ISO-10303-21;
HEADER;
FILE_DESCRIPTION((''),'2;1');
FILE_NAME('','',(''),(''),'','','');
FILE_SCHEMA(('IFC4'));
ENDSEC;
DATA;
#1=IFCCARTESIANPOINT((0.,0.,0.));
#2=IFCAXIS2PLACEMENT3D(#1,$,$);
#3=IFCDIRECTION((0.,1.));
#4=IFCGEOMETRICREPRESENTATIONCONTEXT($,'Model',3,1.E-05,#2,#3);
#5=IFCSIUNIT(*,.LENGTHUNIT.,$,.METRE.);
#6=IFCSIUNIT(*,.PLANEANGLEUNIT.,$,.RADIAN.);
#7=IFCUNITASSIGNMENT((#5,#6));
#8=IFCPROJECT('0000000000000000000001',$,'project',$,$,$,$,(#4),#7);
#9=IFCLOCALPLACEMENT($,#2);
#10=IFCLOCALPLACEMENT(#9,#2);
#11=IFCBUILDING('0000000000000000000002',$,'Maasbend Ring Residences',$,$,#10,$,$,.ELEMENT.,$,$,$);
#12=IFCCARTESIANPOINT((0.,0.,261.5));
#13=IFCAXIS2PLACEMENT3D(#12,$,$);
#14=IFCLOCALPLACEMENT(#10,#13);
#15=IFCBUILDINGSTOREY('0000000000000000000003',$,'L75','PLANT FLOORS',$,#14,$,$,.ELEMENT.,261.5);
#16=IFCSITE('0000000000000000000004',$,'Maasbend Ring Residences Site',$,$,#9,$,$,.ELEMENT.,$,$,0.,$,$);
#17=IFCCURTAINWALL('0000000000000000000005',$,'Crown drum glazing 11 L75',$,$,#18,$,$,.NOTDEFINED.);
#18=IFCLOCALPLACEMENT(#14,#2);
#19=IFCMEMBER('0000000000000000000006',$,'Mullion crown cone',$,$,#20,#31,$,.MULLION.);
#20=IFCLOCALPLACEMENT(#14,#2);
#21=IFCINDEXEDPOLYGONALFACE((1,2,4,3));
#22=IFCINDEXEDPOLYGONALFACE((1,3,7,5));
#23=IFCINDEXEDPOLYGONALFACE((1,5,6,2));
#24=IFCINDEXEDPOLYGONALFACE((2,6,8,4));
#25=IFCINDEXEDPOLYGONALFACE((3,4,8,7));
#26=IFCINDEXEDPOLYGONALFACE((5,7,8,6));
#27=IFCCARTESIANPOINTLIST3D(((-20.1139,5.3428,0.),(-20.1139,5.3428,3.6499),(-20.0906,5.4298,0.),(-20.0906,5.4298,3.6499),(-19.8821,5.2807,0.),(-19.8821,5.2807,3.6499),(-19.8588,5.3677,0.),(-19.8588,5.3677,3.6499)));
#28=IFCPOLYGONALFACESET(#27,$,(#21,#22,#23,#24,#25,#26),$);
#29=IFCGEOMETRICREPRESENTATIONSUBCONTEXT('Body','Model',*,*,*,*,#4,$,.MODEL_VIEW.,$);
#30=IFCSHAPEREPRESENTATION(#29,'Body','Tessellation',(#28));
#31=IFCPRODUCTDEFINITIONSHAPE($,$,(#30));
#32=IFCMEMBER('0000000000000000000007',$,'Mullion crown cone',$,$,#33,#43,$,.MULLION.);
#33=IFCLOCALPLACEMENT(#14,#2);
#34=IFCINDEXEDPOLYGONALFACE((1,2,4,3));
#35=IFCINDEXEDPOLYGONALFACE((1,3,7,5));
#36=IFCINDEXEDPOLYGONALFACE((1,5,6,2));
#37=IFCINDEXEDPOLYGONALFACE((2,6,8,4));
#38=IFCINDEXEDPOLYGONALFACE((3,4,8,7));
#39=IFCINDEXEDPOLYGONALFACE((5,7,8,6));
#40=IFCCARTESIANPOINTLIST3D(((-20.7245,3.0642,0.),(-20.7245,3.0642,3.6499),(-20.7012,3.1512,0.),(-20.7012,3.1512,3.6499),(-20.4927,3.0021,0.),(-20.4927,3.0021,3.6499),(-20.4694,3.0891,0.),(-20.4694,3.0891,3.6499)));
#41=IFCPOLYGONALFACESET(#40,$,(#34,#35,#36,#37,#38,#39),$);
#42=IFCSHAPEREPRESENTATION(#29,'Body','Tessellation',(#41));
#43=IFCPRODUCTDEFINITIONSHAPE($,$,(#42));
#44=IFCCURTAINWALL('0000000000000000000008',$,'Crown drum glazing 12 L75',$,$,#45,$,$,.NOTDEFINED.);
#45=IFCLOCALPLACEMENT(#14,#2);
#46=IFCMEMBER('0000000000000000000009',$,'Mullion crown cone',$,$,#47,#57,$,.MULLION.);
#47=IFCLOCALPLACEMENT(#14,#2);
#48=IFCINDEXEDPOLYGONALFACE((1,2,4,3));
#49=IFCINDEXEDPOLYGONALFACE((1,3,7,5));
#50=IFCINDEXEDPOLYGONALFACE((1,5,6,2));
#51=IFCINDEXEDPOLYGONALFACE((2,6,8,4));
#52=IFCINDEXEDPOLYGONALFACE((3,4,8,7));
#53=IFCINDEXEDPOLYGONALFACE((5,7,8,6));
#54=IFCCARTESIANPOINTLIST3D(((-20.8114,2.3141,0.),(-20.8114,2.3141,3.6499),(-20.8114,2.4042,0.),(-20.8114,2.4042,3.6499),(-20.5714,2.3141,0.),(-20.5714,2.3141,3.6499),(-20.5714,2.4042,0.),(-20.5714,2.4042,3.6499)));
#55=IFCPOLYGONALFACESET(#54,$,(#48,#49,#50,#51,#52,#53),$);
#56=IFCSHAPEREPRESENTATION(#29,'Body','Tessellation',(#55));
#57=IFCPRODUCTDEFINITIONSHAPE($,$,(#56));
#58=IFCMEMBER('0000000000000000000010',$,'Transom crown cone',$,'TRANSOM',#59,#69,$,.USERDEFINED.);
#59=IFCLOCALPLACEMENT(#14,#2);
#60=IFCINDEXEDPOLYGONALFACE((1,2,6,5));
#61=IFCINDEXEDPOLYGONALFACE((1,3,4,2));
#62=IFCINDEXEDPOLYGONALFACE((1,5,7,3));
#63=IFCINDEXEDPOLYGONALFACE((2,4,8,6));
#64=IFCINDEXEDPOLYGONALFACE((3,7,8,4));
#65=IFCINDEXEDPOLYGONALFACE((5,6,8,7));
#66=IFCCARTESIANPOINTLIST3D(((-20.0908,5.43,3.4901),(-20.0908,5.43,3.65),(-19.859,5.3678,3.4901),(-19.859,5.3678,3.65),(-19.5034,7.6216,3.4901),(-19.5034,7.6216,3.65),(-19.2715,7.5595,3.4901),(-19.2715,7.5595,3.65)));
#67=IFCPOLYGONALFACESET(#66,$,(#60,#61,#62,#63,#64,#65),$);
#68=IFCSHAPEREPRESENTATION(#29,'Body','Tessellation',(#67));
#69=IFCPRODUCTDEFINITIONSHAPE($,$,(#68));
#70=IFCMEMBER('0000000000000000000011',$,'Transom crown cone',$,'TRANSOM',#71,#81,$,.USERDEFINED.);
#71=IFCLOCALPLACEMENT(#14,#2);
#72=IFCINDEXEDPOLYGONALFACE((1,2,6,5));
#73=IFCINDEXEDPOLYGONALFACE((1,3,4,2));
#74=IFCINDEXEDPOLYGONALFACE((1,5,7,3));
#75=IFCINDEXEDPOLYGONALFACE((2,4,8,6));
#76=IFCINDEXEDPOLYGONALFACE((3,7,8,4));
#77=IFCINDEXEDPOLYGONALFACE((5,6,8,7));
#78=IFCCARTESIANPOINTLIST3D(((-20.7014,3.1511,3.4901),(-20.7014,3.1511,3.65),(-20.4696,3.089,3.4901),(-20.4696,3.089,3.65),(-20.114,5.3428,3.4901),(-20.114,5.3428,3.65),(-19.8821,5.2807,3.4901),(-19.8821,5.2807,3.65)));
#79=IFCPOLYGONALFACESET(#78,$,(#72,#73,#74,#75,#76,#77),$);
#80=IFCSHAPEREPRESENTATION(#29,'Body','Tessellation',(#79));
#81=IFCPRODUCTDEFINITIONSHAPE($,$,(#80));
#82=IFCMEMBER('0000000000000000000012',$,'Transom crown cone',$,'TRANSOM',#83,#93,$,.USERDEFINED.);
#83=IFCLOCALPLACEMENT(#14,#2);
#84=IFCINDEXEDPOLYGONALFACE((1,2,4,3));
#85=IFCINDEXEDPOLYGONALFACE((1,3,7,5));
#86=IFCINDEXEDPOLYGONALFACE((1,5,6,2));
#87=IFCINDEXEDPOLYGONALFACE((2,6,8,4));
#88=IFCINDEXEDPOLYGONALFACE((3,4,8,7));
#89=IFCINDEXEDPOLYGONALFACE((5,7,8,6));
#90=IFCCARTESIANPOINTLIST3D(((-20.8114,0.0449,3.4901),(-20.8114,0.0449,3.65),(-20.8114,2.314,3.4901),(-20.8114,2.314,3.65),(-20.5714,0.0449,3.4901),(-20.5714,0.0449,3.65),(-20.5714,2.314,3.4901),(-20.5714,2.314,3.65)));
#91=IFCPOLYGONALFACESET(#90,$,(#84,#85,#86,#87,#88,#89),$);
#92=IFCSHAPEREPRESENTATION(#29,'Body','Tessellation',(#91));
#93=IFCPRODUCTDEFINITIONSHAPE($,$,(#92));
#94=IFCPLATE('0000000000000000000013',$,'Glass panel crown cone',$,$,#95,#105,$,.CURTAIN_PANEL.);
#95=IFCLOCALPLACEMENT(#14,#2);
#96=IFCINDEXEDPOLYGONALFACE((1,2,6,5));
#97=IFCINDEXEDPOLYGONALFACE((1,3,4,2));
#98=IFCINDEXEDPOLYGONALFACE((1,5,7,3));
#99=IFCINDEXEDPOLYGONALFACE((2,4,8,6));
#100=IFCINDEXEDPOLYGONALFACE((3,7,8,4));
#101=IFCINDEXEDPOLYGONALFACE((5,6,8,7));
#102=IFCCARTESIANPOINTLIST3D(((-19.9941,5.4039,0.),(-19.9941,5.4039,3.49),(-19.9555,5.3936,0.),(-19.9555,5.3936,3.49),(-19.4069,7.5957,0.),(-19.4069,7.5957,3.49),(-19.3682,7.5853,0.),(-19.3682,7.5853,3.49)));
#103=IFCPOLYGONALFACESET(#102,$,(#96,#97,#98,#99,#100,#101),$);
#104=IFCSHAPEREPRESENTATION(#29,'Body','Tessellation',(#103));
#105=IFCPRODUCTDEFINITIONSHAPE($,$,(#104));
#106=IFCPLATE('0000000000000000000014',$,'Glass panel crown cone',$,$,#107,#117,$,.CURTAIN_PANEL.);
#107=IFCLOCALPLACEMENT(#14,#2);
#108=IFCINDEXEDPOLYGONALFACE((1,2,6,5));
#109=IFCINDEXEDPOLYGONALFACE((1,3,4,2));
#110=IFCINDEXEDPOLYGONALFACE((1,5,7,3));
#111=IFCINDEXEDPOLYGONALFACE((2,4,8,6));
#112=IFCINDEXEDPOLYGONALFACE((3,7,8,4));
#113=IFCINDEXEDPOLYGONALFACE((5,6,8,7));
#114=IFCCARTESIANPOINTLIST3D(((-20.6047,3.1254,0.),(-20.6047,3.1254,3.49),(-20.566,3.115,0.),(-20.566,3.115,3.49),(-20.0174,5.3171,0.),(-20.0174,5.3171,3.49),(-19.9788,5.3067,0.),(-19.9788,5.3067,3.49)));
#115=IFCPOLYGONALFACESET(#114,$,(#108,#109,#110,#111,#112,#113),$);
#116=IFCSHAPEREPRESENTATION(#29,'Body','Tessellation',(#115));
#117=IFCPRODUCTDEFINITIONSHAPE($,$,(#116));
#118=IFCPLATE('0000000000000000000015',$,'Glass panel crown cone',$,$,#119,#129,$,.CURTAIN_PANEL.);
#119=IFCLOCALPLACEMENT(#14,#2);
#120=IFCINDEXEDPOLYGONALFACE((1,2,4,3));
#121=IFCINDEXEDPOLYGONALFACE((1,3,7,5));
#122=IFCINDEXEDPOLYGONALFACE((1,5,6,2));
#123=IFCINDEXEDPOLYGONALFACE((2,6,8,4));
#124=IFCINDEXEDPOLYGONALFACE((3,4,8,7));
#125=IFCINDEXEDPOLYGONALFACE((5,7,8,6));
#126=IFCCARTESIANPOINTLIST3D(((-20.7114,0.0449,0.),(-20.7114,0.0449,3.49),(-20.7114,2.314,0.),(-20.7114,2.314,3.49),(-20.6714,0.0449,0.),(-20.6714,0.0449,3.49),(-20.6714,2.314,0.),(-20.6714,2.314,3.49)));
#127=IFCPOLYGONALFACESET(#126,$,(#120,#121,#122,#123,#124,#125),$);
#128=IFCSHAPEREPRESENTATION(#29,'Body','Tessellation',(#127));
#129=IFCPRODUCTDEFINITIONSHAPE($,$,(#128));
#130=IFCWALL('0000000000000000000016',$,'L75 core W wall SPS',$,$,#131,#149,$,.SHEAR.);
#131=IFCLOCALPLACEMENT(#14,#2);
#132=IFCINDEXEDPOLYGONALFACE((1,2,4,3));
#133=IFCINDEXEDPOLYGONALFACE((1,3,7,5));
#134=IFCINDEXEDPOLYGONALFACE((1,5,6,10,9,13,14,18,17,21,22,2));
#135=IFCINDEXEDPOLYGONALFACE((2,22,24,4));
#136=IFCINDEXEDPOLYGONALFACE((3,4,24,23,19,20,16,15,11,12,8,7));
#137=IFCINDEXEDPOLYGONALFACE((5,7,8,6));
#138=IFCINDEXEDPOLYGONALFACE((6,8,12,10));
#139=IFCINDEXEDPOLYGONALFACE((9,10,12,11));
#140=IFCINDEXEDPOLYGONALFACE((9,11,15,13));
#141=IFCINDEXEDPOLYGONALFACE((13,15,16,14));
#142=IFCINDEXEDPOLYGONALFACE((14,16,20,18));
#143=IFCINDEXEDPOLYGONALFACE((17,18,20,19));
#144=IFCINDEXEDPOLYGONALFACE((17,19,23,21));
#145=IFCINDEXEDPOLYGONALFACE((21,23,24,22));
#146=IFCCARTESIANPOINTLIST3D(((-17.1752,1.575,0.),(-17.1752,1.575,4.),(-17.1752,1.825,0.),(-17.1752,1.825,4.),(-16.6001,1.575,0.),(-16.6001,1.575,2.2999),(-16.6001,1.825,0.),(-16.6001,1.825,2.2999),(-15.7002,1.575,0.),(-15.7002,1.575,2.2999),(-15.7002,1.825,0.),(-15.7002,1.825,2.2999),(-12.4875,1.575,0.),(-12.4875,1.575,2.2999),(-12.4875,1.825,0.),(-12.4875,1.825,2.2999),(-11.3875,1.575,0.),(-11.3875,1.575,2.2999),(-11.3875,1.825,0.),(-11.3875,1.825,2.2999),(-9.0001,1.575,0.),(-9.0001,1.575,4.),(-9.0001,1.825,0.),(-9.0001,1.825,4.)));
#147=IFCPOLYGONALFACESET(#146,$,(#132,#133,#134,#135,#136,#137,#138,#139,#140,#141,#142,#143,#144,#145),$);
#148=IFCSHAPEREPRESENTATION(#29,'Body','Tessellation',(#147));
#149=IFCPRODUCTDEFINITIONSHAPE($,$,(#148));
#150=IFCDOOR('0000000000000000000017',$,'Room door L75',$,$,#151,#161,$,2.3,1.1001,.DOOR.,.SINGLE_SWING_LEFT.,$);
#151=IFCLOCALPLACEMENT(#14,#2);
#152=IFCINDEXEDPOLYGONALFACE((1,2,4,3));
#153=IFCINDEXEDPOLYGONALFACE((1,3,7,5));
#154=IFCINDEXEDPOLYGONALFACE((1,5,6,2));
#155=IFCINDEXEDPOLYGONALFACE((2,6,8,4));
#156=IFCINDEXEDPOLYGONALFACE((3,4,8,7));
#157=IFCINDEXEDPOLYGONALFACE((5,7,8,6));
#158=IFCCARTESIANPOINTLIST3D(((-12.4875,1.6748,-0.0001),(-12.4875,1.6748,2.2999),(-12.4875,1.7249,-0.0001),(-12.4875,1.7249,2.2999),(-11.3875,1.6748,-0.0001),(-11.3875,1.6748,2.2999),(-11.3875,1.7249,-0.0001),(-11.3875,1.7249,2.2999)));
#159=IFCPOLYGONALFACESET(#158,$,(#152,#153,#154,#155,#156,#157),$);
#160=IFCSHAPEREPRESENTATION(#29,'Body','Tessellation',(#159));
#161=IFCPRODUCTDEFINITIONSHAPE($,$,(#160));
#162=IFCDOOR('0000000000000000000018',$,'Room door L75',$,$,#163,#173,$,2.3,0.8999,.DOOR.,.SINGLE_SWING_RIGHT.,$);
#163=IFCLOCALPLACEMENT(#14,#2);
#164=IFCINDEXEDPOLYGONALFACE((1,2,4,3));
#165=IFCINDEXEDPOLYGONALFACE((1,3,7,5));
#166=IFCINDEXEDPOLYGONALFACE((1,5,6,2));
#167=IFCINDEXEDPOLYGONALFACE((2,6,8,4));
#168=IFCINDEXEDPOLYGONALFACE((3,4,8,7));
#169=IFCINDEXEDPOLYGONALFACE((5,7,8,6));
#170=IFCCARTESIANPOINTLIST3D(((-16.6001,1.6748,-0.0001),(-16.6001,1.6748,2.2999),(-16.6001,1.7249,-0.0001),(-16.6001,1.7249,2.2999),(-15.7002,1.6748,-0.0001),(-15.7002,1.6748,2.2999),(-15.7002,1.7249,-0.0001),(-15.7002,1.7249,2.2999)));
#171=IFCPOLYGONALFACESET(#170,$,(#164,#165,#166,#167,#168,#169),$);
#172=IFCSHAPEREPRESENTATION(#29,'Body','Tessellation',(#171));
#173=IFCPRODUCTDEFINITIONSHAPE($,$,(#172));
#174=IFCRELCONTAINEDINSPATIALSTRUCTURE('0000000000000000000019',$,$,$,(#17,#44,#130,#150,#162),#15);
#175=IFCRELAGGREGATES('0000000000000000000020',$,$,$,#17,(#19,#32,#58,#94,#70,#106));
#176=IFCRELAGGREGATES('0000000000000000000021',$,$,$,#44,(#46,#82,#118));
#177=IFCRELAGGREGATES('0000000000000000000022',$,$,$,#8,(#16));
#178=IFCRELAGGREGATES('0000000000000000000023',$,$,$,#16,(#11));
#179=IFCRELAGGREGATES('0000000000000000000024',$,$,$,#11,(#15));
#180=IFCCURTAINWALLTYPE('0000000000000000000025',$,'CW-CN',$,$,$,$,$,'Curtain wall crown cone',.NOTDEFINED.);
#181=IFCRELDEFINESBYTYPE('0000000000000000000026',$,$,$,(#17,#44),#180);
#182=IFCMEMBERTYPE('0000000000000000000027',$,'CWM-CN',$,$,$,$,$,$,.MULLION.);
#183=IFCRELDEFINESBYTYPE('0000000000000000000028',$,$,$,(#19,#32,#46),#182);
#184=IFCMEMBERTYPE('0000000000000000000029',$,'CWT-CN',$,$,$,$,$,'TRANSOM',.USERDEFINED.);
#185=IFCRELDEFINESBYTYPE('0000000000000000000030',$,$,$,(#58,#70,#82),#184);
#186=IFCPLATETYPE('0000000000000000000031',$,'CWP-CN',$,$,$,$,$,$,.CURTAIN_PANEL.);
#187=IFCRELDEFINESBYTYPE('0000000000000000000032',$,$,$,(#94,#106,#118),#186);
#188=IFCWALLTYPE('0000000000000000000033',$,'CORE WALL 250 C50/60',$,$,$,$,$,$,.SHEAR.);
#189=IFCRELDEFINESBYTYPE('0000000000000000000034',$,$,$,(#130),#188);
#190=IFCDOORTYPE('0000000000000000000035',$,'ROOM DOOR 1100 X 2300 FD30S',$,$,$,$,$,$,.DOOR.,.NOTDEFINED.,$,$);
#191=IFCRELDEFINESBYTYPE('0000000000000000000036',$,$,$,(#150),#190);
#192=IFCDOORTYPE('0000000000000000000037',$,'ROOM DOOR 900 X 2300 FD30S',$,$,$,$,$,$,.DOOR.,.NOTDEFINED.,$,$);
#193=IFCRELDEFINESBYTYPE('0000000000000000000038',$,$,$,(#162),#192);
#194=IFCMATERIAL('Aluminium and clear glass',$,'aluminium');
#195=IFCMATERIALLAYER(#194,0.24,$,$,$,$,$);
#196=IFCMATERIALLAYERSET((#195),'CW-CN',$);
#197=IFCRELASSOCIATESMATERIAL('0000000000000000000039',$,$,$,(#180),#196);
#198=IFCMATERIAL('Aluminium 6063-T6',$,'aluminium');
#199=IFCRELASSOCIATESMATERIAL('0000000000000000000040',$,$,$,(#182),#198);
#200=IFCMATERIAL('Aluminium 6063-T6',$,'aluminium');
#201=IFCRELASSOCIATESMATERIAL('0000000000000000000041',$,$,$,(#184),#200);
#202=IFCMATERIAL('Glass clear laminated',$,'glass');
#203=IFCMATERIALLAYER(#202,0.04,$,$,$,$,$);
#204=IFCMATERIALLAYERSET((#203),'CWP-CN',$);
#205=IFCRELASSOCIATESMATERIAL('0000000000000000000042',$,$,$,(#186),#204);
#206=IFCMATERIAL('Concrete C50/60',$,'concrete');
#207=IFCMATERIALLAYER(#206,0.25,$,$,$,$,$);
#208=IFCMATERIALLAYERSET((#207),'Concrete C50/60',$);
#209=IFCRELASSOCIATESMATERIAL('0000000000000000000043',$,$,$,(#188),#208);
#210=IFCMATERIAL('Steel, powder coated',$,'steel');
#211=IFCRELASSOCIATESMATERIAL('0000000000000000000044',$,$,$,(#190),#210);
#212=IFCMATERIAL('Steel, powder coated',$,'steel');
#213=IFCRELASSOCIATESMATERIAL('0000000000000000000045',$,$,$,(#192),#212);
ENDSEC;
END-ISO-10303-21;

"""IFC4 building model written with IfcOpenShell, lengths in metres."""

from ifc_helpers import new_model, si_unit, direction, frame, frame_2d, origin, origin_2d, place, context, subcontext, project, spatial, rectangle, extrude, material, layer, layer_set, material_profile, profile_set, type_object, element, fill, aggregate, save


model = new_model("IFC4")

# Units and contexts
model_context = context("Model", 3, precision=1e-05, world=origin(), true_north=direction((0.0, 1.0)))
body_context = subcontext(model_context, "Body", "Model", "MODEL_VIEW")
ifc_project = project(units=[si_unit("LENGTHUNIT", "METRE"), si_unit("PLANEANGLEUNIT", "RADIAN")], contexts=[model_context])

# Site, building, storey
site_placement = place(None, origin())
site = spatial("IfcSite", under=ifc_project, at=site_placement, Name="Maasbend Ring Residences Site", CompositionType="ELEMENT", RefElevation=0.0)
building_placement = place(site_placement, origin())
building = spatial("IfcBuilding", under=site, at=building_placement, Name="Maasbend Ring Residences", CompositionType="ELEMENT")
storey_placement = place(building_placement, frame((0.0, 0.0, 261.5)))
storey = spatial("IfcBuildingStorey", under=building, at=storey_placement, Name="L75", Description="PLANT FLOORS", CompositionType="ELEMENT", Elevation=261.5)

# Curtain wall, members
ifc_material_1 = material(Name="Aluminium and clear glass", Category="aluminium")
ifc_layer_1 = layer(ifc_material_1, 0.24)
ifc_layer_set_1 = layer_set([ifc_layer_1], Name="CW-CN")
curtain_wall_type = type_object("IfcCurtainWallType", Name="CW-CN", ElementType="Curtain wall crown cone", PredefinedType="NOTDEFINED", material=ifc_layer_set_1)
curtain_wall_1_placement = place(storey_placement, origin())
curtain_wall_1 = element("IfcCurtainWall", 1, at=curtain_wall_1_placement, inside=storey, type_object=curtain_wall_type, Name="Crown drum glazing 11 L75", PredefinedType="NOTDEFINED")
ifc_material_2 = material(Name="Aluminium 6063-T6", Category="aluminium")
ifc_material_profile_1 = material_profile(ifc_material_2, rectangle(XDim=0.24, YDim=0.0901, at=origin_2d()), Name="AL 240x90")
ifc_profile_set_1 = profile_set([ifc_material_profile_1], Name="Aluminium 6063-T6")
member_type_1 = type_object("IfcMemberType", Name="CWM-CN", PredefinedType="MULLION", material=ifc_profile_set_1)
member_1_placement = place(storey_placement, frame((-19.9863, 5.3552, 0.0), z_axis=(0.0, 0.0, 1.0), x_axis=(0.965926, -0.258819, 0.0)))
member_1 = element("IfcMember", 2, at=member_1_placement, type_object=member_type_1, Name="Mullion crown cone", PredefinedType="MULLION", context=body_context, shape_type="SweptSolid", body=[
    extrude(rectangle(XDim=0.24, YDim=0.0901, at=origin_2d()), origin(), (0.0, 0.0, 1.0), 3.6499),
])
member_2_placement = place(storey_placement, frame((-20.5969, 3.0767, 0.0), z_axis=(0.0, 0.0, 1.0), x_axis=(0.965926, -0.258819, 0.0)))
member_2 = element("IfcMember", 3, at=member_2_placement, type_object=member_type_1, Name="Mullion crown cone", PredefinedType="MULLION", context=body_context, shape_type="SweptSolid", body=[
    extrude(rectangle(XDim=0.24, YDim=0.0901, at=origin_2d()), origin(), (0.0, 0.0, 1.0), 3.6499),
])

# Curtain wall, member
curtain_wall_2_placement = place(storey_placement, origin())
curtain_wall_2 = element("IfcCurtainWall", 4, at=curtain_wall_2_placement, inside=storey, type_object=curtain_wall_type, Name="Crown drum glazing 12 L75", PredefinedType="NOTDEFINED")
member_3_placement = place(storey_placement, frame((-20.6914, 2.3591, 0.0), z_axis=(0.0, 0.0, 1.0), x_axis=(1.0, 0.0, 0.0)))
member_3 = element("IfcMember", 5, at=member_3_placement, type_object=member_type_1, Name="Mullion crown cone", PredefinedType="MULLION", context=body_context, shape_type="SweptSolid", body=[
    extrude(rectangle(XDim=0.24, YDim=0.0901, at=origin_2d()), origin(), (0.0, 0.0, 1.0), 3.6499),
])

# Members
ifc_material_3 = material(Name="Aluminium 6063-T6", Category="aluminium")
ifc_material_profile_2 = material_profile(ifc_material_3, rectangle(XDim=0.24, YDim=0.1599, at=origin_2d()), Name="AL 240x160")
ifc_profile_set_2 = profile_set([ifc_material_profile_2], Name="Aluminium 6063-T6")
member_type_2 = type_object("IfcMemberType", Name="CWT-CN", ElementType="TRANSOM", PredefinedType="USERDEFINED", material=ifc_profile_set_2)
member_4_placement = place(storey_placement, frame((-19.3875, 7.5906, 3.5701), z_axis=(-0.258881, -0.965909, 0.0), x_axis=(0.965909, -0.258881, 0.0)))
member_4 = element("IfcMember", 6, at=member_4_placement, type_object=member_type_2, Name="Transom crown cone", ObjectType="TRANSOM", PredefinedType="USERDEFINED", context=body_context, shape_type="SweptSolid", body=[
    extrude(rectangle(XDim=0.24, YDim=0.1599, at=origin_2d()), origin(), (0.0, 0.0, 1.0), 2.269),
])
member_5_placement = place(storey_placement, frame((-19.998, 5.3118, 3.5701), z_axis=(-0.258881, -0.965909, 0.0), x_axis=(0.965909, -0.258881, 0.0)))
member_5 = element("IfcMember", 7, at=member_5_placement, type_object=member_type_2, Name="Transom crown cone", ObjectType="TRANSOM", PredefinedType="USERDEFINED", context=body_context, shape_type="SweptSolid", body=[
    extrude(rectangle(XDim=0.24, YDim=0.1599, at=origin_2d()), origin(), (0.0, 0.0, 1.0), 2.269),
])
member_6_placement = place(storey_placement, frame((-20.6914, 2.314, 3.5701), z_axis=(0.0, -1.0, 0.0), x_axis=(1.0, 0.0, 0.0)))
member_6 = element("IfcMember", 8, at=member_6_placement, type_object=member_type_2, Name="Transom crown cone", ObjectType="TRANSOM", PredefinedType="USERDEFINED", context=body_context, shape_type="SweptSolid", body=[
    extrude(rectangle(XDim=0.24, YDim=0.1599, at=origin_2d()), origin(), (0.0, 0.0, 1.0), 2.269),
])

# Plates
ifc_material_4 = material(Name="Glass clear laminated", Category="glass")
ifc_layer_2 = layer(ifc_material_4, 0.04)
ifc_layer_set_2 = layer_set([ifc_layer_2], Name="CWP-CN")
plate_type = type_object("IfcPlateType", Name="CWP-CN", PredefinedType="CURTAIN_PANEL", material=ifc_layer_set_2)
plate_1_placement = place(storey_placement, frame((-19.6812, 6.4946, 0.0), z_axis=(0.0, 0.0, 1.0), x_axis=(-0.258819, -0.965926, 0.0)))
plate_1 = element("IfcPlate", 9, at=plate_1_placement, type_object=plate_type, Name="Glass panel crown cone", PredefinedType="CURTAIN_PANEL", context=body_context, shape_type="SweptSolid", body=[
    extrude(rectangle(XDim=2.269, YDim=0.04, at=origin_2d()), origin(), (0.0, 0.0, 1.0), 3.49),
])
plate_2_placement = place(storey_placement, frame((-20.2917, 4.2161, 0.0), z_axis=(0.0, 0.0, 1.0), x_axis=(-0.258819, -0.965926, 0.0)))
plate_2 = element("IfcPlate", 10, at=plate_2_placement, type_object=plate_type, Name="Glass panel crown cone", PredefinedType="CURTAIN_PANEL", context=body_context, shape_type="SweptSolid", body=[
    extrude(rectangle(XDim=2.269, YDim=0.04, at=origin_2d()), origin(), (0.0, 0.0, 1.0), 3.49),
])
aggregate(curtain_wall_1, [member_1, member_2, member_4, plate_1, member_5, plate_2])
plate_3_placement = place(storey_placement, frame((-20.6914, 1.1794, 0.0), z_axis=(0.0, 0.0, 1.0), x_axis=(0.0, -1.0, 0.0)))
plate_3 = element("IfcPlate", 11, at=plate_3_placement, type_object=plate_type, Name="Glass panel crown cone", PredefinedType="CURTAIN_PANEL", context=body_context, shape_type="SweptSolid", body=[
    extrude(rectangle(XDim=2.269, YDim=0.04, at=origin_2d()), origin(), (0.0, 0.0, 1.0), 3.49),
])
aggregate(curtain_wall_2, [member_3, member_6, plate_3])

# Wall, openings, doors
ifc_material_5 = material(Name="Concrete C50/60", Category="concrete")
ifc_layer_3 = layer(ifc_material_5, 0.25)
ifc_layer_set_3 = layer_set([ifc_layer_3], Name="Concrete C50/60")
wall_type_1 = type_object("IfcWallType", Name="CORE WALL 250 C50/60", PredefinedType="SHEAR", material=ifc_layer_set_3)
wall_1_placement = place(storey_placement, frame((-17.175, 1.7, 0.0), z_axis=(0.0, 0.0, 1.0), x_axis=(1.0, 0.0, 0.0)))
wall_1 = element("IfcWall", 12, at=wall_1_placement, inside=storey, type_object=wall_type_1, Name="L75 core W wall SPS", PredefinedType="SHEAR", context=body_context, shape_type="SweptSolid", body=[
    extrude(rectangle(XDim=8.175, YDim=0.25, at=frame_2d((4.0874, 0.0))), origin(), (0.0, 0.0, 1.0), 4.0),
])
opening_1_placement = place(wall_1_placement, frame((4.6875, 0.0, 0.0)))
opening_1 = element("IfcOpeningElement", 13, at=opening_1_placement, cuts=wall_1, PredefinedType="OPENING", context=body_context, shape_type="SweptSolid", body=[
    extrude(rectangle(XDim=1.1001, YDim=2.3, at=frame_2d((0.55, 1.1499))), frame((0.0, 0.135, 0.0), z_axis=(0.0, -1.0, 0.0), x_axis=(1.0, 0.0, 0.0)), (0.0, 0.0, 1.0), 0.27),
])
opening_2_placement = place(wall_1_placement, frame((0.575, 0.0, 0.0)))
opening_2 = element("IfcOpeningElement", 14, at=opening_2_placement, cuts=wall_1, PredefinedType="OPENING", context=body_context, shape_type="SweptSolid", body=[
    extrude(rectangle(XDim=0.8999, YDim=2.3, at=frame_2d((0.45, 1.1499))), frame((0.0, 0.135, 0.0), z_axis=(0.0, -1.0, 0.0), x_axis=(1.0, 0.0, 0.0)), (0.0, 0.0, 1.0), 0.27),
])
ifc_material_6 = material(Name="Steel, powder coated", Category="steel")
door_type_1 = type_object("IfcDoorType", Name="ROOM DOOR 1100 X 2300 FD30S", OperationType="NOTDEFINED", PredefinedType="DOOR", material=ifc_material_6)
door_1_placement = place(opening_1_placement, origin())
door_1 = element("IfcDoor", 15, at=door_1_placement, inside=storey, type_object=door_type_1, Name="Room door L75", OperationType="SINGLE_SWING_LEFT", OverallHeight=2.3, OverallWidth=1.1001, PredefinedType="DOOR", context=body_context, shape_type="SweptSolid", body=[
    extrude(rectangle(XDim=1.1001, YDim=2.3, at=frame_2d((0.55, 1.1499))), frame((0.0, 0.0249, 0.0), z_axis=(0.0, -1.0, 0.0), x_axis=(1.0, 0.0, 0.0)), (0.0, 0.0, 1.0), 0.05),
])
fill(opening_1, door_1)
ifc_material_7 = material(Name="Steel, powder coated", Category="steel")
door_type_2 = type_object("IfcDoorType", Name="ROOM DOOR 900 X 2300 FD30S", OperationType="NOTDEFINED", PredefinedType="DOOR", material=ifc_material_7)
door_2_placement = place(opening_2_placement, origin())
door_2 = element("IfcDoor", 16, at=door_2_placement, inside=storey, type_object=door_type_2, Name="Room door L75", OperationType="SINGLE_SWING_RIGHT", OverallHeight=2.3, OverallWidth=0.8999, PredefinedType="DOOR", context=body_context, shape_type="SweptSolid", body=[
    extrude(rectangle(XDim=0.8999, YDim=2.3, at=frame_2d((0.45, 1.1499))), frame((0.0, 0.0249, 0.0), z_axis=(0.0, -1.0, 0.0), x_axis=(1.0, 0.0, 0.0)), (0.0, 0.0, 1.0), 0.05),
])
fill(opening_2, door_2)

save(model, "model.ifc")
